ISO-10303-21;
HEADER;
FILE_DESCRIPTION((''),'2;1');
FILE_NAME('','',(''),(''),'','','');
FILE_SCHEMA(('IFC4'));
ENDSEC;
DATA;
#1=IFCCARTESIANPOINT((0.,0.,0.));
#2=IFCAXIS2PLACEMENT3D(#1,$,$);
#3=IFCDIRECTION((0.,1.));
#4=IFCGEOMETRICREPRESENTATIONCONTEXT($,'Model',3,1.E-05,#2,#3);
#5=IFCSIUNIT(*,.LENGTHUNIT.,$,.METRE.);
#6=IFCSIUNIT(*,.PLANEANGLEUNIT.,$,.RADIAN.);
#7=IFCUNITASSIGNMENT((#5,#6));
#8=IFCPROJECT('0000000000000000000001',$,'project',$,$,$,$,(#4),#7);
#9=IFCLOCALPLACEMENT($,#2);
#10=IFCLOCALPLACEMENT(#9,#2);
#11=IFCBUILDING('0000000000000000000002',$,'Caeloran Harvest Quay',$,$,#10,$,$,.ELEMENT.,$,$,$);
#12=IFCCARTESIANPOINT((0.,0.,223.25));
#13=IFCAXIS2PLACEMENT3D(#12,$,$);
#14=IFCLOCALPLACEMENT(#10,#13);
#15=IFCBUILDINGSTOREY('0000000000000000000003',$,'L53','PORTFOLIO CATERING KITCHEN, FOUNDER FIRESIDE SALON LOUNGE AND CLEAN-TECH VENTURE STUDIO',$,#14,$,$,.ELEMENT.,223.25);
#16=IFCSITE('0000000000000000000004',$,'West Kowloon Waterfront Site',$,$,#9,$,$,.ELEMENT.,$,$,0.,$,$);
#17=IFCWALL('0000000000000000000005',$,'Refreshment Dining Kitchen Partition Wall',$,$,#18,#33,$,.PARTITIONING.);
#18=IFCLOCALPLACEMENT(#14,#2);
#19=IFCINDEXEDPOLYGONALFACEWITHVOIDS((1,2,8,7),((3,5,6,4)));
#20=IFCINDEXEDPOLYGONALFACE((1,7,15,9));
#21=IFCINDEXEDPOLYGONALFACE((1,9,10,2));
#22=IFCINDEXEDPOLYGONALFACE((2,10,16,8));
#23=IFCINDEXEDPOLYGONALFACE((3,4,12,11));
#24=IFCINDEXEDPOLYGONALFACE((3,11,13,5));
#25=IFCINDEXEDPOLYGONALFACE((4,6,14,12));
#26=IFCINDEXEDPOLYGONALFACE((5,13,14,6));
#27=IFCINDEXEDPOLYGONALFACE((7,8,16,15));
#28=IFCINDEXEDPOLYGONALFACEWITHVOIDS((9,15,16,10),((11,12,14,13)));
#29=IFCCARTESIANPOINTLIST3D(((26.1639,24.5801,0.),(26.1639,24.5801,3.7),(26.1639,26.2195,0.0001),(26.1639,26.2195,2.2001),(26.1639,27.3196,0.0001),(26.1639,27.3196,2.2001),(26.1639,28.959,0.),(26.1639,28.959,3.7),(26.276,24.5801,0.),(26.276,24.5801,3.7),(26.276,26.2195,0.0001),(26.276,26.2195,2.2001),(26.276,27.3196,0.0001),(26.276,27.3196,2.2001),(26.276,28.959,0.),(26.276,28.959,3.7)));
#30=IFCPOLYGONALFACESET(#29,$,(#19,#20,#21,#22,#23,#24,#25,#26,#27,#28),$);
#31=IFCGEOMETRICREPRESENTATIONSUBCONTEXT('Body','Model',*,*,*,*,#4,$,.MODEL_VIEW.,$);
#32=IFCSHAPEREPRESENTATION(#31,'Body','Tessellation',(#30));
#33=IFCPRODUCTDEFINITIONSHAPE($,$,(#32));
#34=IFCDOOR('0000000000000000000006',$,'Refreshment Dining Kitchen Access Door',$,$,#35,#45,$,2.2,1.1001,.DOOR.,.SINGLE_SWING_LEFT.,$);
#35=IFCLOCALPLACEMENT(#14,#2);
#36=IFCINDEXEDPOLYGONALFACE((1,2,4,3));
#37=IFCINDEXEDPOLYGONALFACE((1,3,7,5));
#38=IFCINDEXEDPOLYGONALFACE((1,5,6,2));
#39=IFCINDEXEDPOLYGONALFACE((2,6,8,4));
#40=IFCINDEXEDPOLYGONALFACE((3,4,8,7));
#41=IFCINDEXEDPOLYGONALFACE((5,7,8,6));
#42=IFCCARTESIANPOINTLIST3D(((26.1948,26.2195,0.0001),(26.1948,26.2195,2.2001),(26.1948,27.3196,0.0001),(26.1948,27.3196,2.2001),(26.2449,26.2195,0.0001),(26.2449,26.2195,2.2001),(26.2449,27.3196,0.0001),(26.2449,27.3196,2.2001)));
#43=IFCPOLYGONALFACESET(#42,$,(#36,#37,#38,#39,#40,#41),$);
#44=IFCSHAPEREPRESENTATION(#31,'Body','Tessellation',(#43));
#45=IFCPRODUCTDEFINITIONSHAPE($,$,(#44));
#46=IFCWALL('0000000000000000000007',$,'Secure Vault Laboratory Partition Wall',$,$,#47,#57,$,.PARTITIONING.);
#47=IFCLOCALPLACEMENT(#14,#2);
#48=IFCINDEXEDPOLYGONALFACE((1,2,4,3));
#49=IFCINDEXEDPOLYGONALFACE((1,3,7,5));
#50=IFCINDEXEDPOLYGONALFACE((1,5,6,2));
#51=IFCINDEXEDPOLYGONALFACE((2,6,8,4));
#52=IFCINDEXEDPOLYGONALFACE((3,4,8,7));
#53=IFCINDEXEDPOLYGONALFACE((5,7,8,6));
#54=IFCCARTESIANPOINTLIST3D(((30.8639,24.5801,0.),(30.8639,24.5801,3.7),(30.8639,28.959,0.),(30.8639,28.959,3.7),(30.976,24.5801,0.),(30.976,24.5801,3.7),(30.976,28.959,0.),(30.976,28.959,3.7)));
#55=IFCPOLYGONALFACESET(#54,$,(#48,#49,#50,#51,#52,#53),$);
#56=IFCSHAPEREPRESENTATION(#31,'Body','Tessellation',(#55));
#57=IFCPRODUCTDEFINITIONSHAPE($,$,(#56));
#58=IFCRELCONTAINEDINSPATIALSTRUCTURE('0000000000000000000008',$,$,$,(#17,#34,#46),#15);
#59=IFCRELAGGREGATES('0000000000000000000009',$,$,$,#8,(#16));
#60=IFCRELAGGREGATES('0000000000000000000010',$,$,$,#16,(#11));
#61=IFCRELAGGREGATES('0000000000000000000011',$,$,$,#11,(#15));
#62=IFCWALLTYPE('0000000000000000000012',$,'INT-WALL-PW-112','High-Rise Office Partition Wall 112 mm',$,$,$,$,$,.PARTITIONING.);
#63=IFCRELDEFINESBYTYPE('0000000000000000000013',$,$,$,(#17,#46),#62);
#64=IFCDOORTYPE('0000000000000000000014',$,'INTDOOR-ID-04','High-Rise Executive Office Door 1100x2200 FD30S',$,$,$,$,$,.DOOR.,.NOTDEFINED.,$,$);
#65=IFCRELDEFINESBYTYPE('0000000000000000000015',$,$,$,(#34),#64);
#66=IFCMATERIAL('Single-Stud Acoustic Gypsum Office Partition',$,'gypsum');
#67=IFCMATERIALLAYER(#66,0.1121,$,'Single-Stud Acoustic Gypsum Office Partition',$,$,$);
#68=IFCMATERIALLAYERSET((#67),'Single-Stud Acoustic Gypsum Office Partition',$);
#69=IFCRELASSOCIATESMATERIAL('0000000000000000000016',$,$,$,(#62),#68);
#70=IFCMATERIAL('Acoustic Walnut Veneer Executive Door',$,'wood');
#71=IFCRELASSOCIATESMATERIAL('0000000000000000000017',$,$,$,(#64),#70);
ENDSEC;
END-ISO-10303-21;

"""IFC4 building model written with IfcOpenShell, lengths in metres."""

from ifc_helpers import new_model, si_unit, direction, frame, frame_2d, origin, place, context, subcontext, project, spatial, rectangle, extrude, material, layer, layer_set, type_object, element, fill, save


model = new_model("IFC4")

# Units and contexts
model_context = context("Model", 3, precision=1e-05, world=origin(), true_north=direction((0.0, 1.0)))
body_context = subcontext(model_context, "Body", "Model", "MODEL_VIEW")
ifc_project = project(units=[si_unit("LENGTHUNIT", "METRE"), si_unit("PLANEANGLEUNIT", "RADIAN")], contexts=[model_context])

# Site, building, storey
site_placement = place(None, origin())
site = spatial("IfcSite", under=ifc_project, at=site_placement, Name="West Kowloon Waterfront Site", CompositionType="ELEMENT", RefElevation=0.0)
building_placement = place(site_placement, origin())
building = spatial("IfcBuilding", under=site, at=building_placement, Name="Caeloran Harvest Quay", CompositionType="ELEMENT")
storey_placement = place(building_placement, frame((0.0, 0.0, 223.25)))
storey = spatial("IfcBuildingStorey", under=building, at=storey_placement, Name="L53", Description="PORTFOLIO CATERING KITCHEN, FOUNDER FIRESIDE SALON LOUNGE AND CLEAN-TECH VENTURE STUDIO", CompositionType="ELEMENT", Elevation=223.25)

# Wall, opening, door
ifc_material_1 = material(Name="Single-Stud Acoustic Gypsum Office Partition", Category="gypsum")
ifc_layer = layer(ifc_material_1, 0.1121, Name="Single-Stud Acoustic Gypsum Office Partition")
ifc_layer_set = layer_set([ifc_layer], Name="Single-Stud Acoustic Gypsum Office Partition")
wall_type = type_object("IfcWallType", Name="INT-WALL-PW-112", Description="High-Rise Office Partition Wall 112 mm", PredefinedType="PARTITIONING", material=ifc_layer_set)
wall_1_placement = place(storey_placement, frame((26.22, 28.959, 0.0), z_axis=(0.0, 0.0, 1.0), x_axis=(0.0, -1.0, 0.0)))
wall_1 = element("IfcWall", 1, at=wall_1_placement, inside=storey, type_object=wall_type, Name="Refreshment Dining Kitchen Partition Wall", PredefinedType="PARTITIONING", context=body_context, shape_type="SweptSolid", body=[
    extrude(rectangle(XDim=4.3789, YDim=0.1121, at=frame_2d((2.1895, 0.0))), origin(), (0.0, 0.0, 1.0), 3.7),
])
opening_placement = place(wall_1_placement, frame((1.6394, 0.0, 0.0)))
opening = element("IfcOpeningElement", 2, at=opening_placement, cuts=wall_1, PredefinedType="OPENING", context=body_context, shape_type="SweptSolid", body=[
    extrude(rectangle(XDim=1.1001, YDim=2.2, at=frame_2d((0.55, 1.1001))), frame((0.0, 0.0659, 0.0), z_axis=(0.0, -1.0, 0.0), x_axis=(1.0, 0.0, 0.0)), (0.0, 0.0, 1.0), 0.1321),
])
ifc_material_2 = material(Name="Acoustic Walnut Veneer Executive Door", Category="wood")
door_type = type_object("IfcDoorType", Name="INTDOOR-ID-04", Description="High-Rise Executive Office Door 1100x2200 FD30S", OperationType="NOTDEFINED", PredefinedType="DOOR", material=ifc_material_2)
door_placement = place(opening_placement, origin())
door = element("IfcDoor", 3, at=door_placement, inside=storey, type_object=door_type, Name="Refreshment Dining Kitchen Access Door", OperationType="SINGLE_SWING_LEFT", OverallHeight=2.2, OverallWidth=1.1001, PredefinedType="DOOR", context=body_context, shape_type="SweptSolid", body=[
    extrude(rectangle(XDim=1.1001, YDim=2.2, at=frame_2d((0.55, 1.1001))), frame((0.0, 0.0249, 0.0), z_axis=(0.0, -1.0, 0.0), x_axis=(1.0, 0.0, 0.0)), (0.0, 0.0, 1.0), 0.05),
])
fill(opening, door)

# Wall
wall_2_placement = place(storey_placement, frame((30.9199, 28.959, 0.0), z_axis=(0.0, 0.0, 1.0), x_axis=(0.0, -1.0, 0.0)))
element("IfcWall", 4, at=wall_2_placement, inside=storey, type_object=wall_type, Name="Secure Vault Laboratory Partition Wall", PredefinedType="PARTITIONING", context=body_context, shape_type="SweptSolid", body=[
    extrude(rectangle(XDim=4.3789, YDim=0.1121, at=frame_2d((2.1895, 0.0))), origin(), (0.0, 0.0, 1.0), 3.7),
])

save(model, "model.ifc")
